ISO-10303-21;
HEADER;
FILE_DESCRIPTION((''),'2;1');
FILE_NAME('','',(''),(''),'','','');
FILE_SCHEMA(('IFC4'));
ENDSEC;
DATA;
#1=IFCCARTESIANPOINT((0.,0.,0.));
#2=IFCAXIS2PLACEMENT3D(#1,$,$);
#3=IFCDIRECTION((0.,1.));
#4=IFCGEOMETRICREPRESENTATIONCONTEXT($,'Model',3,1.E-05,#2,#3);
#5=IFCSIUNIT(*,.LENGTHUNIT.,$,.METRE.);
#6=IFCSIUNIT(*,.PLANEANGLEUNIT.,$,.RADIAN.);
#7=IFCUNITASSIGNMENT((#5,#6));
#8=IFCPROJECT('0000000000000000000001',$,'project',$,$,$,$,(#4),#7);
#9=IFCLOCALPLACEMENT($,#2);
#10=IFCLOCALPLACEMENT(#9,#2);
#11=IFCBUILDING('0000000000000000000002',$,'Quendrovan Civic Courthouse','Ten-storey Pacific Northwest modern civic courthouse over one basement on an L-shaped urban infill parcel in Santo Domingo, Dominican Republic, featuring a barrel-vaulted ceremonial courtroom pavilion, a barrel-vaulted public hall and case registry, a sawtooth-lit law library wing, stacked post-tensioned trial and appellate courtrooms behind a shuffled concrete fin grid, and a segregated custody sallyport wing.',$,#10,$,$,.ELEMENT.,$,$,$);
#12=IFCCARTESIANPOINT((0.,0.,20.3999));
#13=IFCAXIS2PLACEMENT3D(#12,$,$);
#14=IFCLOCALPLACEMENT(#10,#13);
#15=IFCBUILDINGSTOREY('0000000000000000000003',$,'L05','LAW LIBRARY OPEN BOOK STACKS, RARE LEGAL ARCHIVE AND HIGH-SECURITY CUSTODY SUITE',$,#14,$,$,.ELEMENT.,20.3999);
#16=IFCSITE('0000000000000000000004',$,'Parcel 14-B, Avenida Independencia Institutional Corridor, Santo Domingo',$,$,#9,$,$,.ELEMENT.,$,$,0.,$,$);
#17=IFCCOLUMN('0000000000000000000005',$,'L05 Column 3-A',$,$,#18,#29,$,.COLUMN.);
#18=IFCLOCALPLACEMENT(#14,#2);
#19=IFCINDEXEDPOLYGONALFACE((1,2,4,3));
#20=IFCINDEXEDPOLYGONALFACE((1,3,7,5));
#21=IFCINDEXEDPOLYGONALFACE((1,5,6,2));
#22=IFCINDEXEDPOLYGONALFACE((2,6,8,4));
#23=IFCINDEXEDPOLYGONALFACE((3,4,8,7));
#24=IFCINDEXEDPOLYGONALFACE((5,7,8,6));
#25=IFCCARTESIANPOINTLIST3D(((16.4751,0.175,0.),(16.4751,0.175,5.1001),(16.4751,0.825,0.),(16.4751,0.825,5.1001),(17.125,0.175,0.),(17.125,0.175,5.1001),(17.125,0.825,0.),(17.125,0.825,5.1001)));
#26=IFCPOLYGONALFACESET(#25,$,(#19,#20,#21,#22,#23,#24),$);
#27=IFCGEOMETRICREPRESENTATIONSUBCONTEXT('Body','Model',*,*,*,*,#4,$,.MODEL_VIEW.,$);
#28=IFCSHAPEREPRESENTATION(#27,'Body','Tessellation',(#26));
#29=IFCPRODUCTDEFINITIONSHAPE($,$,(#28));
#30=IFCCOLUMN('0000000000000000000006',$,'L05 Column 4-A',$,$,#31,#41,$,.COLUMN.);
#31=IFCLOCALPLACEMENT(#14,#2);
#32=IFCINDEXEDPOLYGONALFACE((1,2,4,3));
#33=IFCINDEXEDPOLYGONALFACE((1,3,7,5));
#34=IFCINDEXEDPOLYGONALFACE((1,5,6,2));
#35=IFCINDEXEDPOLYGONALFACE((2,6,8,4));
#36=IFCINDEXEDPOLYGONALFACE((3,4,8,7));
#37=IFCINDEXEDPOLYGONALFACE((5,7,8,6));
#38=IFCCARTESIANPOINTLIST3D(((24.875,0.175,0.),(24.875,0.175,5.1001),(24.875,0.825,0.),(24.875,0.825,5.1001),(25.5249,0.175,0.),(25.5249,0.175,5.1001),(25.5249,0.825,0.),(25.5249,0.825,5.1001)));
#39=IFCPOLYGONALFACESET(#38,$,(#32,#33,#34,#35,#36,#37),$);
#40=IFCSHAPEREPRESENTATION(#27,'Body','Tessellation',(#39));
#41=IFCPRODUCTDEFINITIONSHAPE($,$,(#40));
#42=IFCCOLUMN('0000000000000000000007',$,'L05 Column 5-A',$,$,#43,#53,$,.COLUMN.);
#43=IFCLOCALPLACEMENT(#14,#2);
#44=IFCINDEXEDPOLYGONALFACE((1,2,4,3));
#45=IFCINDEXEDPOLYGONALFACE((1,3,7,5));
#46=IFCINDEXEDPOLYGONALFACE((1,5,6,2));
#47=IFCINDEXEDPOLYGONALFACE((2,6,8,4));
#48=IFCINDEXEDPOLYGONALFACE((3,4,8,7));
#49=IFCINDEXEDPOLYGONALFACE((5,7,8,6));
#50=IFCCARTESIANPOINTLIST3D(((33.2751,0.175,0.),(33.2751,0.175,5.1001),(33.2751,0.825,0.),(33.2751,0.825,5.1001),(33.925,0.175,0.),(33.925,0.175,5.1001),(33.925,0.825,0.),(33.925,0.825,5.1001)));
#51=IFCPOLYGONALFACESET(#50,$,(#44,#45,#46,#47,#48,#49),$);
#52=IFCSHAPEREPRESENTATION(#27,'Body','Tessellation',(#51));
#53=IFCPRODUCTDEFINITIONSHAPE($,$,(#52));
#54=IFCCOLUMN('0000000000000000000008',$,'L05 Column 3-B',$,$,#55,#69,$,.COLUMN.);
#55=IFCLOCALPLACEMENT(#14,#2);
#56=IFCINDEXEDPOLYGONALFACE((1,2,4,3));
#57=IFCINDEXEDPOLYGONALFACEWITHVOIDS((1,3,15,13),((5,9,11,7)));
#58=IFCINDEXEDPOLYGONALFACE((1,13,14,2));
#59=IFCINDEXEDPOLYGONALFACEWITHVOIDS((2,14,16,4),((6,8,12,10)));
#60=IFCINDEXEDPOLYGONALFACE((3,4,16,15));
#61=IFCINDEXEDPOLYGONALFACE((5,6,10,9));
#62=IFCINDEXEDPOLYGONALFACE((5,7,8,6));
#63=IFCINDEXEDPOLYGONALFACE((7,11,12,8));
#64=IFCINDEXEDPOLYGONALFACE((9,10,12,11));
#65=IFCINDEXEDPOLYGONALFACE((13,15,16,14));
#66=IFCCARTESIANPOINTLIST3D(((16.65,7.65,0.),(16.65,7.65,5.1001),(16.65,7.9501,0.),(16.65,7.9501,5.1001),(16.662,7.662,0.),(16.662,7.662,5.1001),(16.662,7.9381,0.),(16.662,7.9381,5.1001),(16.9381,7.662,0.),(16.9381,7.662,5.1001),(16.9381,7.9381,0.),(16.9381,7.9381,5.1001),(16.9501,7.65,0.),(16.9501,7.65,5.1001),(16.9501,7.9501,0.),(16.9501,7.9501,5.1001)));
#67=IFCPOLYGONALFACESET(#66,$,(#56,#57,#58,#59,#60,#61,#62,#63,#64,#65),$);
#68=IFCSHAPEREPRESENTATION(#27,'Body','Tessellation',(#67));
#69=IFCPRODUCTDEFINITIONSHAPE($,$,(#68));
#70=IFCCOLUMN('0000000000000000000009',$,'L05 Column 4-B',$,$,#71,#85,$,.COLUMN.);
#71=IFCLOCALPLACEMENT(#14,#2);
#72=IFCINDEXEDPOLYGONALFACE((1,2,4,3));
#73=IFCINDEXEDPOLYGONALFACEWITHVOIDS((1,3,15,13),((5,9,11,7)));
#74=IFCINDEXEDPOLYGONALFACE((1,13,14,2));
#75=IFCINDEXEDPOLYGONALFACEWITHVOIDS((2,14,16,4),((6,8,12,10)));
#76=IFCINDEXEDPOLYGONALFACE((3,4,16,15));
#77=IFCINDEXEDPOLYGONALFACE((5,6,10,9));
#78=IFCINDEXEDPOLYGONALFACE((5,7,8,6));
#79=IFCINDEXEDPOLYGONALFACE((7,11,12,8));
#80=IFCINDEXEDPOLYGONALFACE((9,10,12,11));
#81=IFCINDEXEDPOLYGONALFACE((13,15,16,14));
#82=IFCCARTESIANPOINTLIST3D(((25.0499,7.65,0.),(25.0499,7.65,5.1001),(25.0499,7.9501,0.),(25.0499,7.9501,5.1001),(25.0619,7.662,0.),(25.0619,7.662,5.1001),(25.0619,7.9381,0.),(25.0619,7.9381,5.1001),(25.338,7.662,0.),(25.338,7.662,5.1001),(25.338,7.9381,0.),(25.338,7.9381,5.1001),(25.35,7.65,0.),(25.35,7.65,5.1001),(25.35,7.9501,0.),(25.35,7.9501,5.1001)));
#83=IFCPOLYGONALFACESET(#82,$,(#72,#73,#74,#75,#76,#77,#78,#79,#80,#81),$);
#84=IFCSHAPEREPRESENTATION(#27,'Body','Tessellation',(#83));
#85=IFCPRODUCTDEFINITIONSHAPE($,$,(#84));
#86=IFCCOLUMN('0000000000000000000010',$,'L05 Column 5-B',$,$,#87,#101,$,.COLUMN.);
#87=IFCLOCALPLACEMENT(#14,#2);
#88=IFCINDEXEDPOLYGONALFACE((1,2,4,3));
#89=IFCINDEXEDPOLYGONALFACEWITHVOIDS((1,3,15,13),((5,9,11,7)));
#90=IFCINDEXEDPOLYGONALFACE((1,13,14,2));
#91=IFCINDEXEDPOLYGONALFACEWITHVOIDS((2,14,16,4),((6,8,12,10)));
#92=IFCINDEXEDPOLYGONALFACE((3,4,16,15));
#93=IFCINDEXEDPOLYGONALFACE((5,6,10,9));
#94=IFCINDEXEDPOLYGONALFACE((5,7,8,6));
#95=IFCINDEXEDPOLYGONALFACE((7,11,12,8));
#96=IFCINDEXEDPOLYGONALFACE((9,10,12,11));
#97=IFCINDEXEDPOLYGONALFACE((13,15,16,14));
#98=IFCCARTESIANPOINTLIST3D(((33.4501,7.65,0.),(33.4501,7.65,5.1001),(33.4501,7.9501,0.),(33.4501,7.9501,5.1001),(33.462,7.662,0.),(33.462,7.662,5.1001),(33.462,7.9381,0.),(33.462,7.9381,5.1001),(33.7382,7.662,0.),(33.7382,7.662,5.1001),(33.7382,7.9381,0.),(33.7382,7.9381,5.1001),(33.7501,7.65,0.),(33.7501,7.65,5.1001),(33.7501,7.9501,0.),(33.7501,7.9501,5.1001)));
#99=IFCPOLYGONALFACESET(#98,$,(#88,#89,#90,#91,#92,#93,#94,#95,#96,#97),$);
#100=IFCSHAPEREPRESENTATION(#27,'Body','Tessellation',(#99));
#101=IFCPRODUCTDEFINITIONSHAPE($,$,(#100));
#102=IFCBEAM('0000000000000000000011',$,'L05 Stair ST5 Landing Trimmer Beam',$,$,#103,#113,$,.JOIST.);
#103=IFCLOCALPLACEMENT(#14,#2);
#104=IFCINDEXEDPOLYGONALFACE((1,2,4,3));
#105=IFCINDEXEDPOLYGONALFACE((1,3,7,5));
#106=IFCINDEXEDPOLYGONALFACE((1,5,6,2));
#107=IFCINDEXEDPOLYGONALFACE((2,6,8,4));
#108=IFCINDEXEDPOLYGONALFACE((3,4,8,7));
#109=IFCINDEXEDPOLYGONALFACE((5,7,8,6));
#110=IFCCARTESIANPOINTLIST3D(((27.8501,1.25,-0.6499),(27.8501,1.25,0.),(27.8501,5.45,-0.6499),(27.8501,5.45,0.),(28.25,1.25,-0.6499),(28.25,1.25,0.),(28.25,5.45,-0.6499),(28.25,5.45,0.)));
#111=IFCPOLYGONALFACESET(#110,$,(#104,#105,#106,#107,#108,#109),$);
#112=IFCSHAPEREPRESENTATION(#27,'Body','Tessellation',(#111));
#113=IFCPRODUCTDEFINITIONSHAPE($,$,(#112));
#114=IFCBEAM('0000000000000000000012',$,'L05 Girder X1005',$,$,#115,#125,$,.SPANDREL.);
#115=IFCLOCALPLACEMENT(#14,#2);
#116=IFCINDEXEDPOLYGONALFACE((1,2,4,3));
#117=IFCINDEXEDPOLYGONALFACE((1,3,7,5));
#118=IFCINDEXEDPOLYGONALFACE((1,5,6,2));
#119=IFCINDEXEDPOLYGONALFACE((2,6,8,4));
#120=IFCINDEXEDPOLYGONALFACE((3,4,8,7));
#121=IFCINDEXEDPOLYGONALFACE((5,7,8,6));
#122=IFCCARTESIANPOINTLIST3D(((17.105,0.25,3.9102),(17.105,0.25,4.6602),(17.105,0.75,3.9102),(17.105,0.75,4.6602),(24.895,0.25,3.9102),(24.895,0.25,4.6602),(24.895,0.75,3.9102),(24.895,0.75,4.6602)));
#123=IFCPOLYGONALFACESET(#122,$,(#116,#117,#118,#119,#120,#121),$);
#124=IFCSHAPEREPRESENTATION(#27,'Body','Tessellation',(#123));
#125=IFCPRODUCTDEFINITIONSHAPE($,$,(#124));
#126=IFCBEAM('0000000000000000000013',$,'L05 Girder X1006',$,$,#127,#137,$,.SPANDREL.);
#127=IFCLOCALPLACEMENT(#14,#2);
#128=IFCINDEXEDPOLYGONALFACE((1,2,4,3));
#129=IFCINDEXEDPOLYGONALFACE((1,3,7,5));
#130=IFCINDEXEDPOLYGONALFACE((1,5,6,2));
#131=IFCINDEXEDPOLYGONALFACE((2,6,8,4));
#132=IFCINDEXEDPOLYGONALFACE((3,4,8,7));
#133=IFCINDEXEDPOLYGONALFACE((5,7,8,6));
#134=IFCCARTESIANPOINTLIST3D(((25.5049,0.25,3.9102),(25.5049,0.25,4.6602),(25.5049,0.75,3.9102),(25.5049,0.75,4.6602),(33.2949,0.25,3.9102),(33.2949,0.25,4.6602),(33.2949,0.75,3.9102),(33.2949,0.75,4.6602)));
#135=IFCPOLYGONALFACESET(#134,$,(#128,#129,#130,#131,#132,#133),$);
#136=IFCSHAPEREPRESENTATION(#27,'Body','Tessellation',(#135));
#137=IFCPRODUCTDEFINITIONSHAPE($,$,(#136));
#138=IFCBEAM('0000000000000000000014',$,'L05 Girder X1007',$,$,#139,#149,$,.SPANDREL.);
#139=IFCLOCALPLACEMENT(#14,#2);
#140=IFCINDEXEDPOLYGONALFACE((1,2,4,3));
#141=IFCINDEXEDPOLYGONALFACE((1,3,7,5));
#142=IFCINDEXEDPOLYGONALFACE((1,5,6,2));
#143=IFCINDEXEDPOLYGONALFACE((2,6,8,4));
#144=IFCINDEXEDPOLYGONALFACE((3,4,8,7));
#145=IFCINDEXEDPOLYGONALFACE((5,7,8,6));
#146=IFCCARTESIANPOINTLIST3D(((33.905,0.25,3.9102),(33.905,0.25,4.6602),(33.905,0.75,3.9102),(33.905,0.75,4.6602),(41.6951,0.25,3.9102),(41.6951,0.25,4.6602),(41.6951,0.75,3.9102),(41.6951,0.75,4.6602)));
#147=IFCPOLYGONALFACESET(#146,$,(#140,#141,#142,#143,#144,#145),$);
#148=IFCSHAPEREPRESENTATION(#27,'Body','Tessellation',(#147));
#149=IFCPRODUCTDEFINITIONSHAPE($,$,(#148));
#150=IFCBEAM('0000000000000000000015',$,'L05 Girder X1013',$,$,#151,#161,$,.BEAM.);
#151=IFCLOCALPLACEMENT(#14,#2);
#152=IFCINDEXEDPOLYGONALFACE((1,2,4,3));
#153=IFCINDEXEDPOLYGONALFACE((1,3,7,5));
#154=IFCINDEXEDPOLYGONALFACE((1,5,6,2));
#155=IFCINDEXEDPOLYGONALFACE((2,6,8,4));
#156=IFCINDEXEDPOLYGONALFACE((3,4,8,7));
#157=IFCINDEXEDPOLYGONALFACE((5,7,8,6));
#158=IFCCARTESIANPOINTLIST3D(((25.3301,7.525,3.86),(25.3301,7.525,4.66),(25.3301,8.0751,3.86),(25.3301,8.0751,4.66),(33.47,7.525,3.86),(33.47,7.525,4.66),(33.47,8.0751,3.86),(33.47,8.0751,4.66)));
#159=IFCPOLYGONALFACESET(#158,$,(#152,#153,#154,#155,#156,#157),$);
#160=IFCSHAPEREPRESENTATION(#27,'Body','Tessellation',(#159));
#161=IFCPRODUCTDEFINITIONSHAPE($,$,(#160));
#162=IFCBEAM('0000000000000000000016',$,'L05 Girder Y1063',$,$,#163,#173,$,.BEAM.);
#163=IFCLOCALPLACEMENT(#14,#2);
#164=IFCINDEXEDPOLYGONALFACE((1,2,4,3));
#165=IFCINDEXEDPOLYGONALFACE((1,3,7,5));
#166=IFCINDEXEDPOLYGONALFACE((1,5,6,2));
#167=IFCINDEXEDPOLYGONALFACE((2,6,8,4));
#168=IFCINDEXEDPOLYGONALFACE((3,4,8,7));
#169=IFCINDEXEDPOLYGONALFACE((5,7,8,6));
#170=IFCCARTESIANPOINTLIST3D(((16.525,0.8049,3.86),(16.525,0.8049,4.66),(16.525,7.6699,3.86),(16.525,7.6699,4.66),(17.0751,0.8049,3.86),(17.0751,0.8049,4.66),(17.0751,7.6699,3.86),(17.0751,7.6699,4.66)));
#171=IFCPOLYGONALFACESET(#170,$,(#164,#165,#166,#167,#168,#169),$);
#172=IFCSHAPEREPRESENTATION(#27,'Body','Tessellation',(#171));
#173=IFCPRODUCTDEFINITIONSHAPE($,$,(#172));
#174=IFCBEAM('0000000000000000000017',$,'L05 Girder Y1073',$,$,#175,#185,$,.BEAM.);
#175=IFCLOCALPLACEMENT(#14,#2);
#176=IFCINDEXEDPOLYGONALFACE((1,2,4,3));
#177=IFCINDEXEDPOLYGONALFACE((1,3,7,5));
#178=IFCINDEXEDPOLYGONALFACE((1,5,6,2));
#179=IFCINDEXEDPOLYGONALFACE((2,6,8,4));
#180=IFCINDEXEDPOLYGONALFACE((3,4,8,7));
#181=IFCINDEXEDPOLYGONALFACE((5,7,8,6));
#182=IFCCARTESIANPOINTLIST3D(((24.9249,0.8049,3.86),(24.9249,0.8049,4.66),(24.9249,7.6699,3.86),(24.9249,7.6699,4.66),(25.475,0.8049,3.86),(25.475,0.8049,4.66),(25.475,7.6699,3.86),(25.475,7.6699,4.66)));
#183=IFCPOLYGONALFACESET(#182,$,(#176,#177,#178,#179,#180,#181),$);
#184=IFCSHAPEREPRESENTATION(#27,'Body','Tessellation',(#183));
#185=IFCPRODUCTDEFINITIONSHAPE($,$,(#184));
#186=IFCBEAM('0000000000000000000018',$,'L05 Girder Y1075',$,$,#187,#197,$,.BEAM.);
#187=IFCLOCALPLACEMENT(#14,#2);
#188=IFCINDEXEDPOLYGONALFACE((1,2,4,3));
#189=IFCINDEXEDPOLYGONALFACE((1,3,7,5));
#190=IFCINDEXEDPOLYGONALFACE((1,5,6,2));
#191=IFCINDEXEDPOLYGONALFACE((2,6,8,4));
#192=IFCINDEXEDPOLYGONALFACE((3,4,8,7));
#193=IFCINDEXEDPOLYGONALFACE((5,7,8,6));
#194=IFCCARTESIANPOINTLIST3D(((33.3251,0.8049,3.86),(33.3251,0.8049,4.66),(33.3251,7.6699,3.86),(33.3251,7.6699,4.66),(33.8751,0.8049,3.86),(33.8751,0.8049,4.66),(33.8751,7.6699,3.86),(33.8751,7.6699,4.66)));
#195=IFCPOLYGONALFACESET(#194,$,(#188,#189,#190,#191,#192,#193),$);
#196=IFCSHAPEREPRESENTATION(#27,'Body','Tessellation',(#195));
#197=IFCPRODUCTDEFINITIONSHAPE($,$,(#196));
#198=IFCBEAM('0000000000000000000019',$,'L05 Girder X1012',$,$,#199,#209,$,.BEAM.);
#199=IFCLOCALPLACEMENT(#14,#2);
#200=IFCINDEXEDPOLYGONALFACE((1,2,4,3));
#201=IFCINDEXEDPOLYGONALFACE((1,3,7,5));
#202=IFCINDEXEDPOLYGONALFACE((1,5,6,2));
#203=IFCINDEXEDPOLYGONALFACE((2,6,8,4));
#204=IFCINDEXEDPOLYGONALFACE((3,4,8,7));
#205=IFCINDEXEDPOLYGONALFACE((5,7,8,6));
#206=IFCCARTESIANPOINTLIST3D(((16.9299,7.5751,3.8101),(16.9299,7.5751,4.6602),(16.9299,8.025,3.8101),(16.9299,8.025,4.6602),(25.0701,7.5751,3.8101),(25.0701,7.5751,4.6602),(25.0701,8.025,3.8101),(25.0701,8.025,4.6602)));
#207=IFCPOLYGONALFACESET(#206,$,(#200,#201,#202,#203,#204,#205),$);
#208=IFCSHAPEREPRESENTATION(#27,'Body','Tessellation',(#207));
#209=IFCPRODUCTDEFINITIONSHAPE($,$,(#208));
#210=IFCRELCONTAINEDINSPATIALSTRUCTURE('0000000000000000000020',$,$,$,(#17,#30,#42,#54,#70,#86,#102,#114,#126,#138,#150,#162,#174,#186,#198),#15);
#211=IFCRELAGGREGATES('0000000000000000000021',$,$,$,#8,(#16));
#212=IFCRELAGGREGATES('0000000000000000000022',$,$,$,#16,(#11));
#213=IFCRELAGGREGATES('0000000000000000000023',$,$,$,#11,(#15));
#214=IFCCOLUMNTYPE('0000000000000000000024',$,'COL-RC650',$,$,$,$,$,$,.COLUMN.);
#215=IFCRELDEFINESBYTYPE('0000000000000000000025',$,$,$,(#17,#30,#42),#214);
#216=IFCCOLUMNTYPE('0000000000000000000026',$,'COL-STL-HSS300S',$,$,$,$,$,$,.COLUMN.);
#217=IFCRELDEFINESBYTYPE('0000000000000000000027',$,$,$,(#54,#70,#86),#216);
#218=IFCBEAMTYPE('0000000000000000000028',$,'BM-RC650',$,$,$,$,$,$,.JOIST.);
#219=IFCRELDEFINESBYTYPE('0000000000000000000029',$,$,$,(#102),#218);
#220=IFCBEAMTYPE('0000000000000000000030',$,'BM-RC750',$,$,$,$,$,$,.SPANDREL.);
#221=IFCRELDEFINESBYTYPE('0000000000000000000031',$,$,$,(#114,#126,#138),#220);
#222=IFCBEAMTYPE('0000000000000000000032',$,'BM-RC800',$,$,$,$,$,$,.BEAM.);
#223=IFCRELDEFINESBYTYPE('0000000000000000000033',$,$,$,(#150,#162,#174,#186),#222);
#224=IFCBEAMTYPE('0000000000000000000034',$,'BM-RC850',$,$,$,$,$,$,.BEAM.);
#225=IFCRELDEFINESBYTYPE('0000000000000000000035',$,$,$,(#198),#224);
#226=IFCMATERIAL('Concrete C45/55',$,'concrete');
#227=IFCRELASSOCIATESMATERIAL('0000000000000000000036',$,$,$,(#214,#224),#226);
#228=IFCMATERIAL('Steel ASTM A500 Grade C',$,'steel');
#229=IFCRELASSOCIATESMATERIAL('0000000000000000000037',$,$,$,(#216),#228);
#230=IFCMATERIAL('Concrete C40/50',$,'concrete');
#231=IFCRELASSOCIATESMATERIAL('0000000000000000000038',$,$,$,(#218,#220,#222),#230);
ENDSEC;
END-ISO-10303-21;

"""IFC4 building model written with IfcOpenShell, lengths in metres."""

from ifc_helpers import new_model, si_unit, direction, frame, origin, origin_2d, place, context, subcontext, project, spatial, rectangle, hollow_rectangle, extrude, material, material_profile, profile_set, type_object, element, save


model = new_model("IFC4")

# Units and contexts
model_context = context("Model", 3, precision=1e-05, world=origin(), true_north=direction((0.0, 1.0)))
body_context = subcontext(model_context, "Body", "Model", "MODEL_VIEW")
ifc_project = project(units=[si_unit("LENGTHUNIT", "METRE"), si_unit("PLANEANGLEUNIT", "RADIAN")], contexts=[model_context])

# Site, building, storey
site_placement = place(None, origin())
site = spatial("IfcSite", under=ifc_project, at=site_placement, Name="Parcel 14-B, Avenida Independencia Institutional Corridor, Santo Domingo", CompositionType="ELEMENT", RefElevation=0.0)
building_placement = place(site_placement, origin())
building = spatial("IfcBuilding", under=site, at=building_placement, Name="Quendrovan Civic Courthouse", Description="Ten-storey Pacific Northwest modern civic courthouse over one basement on an L-shaped urban infill parcel in Santo Domingo, Dominican Republic, featuring a barrel-vaulted ceremonial courtroom pavilion, a barrel-vaulted public hall and case registry, a sawtooth-lit law library wing, stacked post-tensioned trial and appellate courtrooms behind a shuffled concrete fin grid, and a segregated custody sallyport wing.", CompositionType="ELEMENT")
storey_placement = place(building_placement, frame((0.0, 0.0, 20.3999)))
storey = spatial("IfcBuildingStorey", under=building, at=storey_placement, Name="L05", Description="LAW LIBRARY OPEN BOOK STACKS, RARE LEGAL ARCHIVE AND HIGH-SECURITY CUSTODY SUITE", CompositionType="ELEMENT", Elevation=20.3999)

# Columns
ifc_material_1 = material(Name="Concrete C45/55", Category="concrete")
ifc_material_profile_1 = material_profile(ifc_material_1, rectangle(XDim=0.6499, YDim=0.6499, at=origin_2d()), Name="RC-COL-650x650")
ifc_profile_set_1 = profile_set([ifc_material_profile_1], Name="Concrete C45/55")
column_type_1 = type_object("IfcColumnType", Name="COL-RC650", PredefinedType="COLUMN", material=ifc_profile_set_1)
for number, where, z_axis, x_axis, name in (
    (1, (16.8, 0.5, 0.0), (0.0, 0.0, 1.0), (1.0, 0.0, 0.0), "L05 Column 3-A"),
    (2, (25.2, 0.5, 0.0), (0.0, 0.0, 1.0), (1.0, 0.0, 0.0), "L05 Column 4-A"),
    (3, (33.6001, 0.5, 0.0), (0.0, 0.0, 1.0), (1.0, 0.0, 0.0), "L05 Column 5-A"),
):
    element("IfcColumn", number, at=place(storey_placement, frame(where, z_axis=z_axis, x_axis=x_axis)), inside=storey, type_object=column_type_1, Name=name, PredefinedType="COLUMN", context=body_context, shape_type="SweptSolid", body=[
        extrude(rectangle(XDim=0.6499, YDim=0.6499, at=origin_2d()), origin(), (0.0, 0.0, 1.0), 5.1001),
    ])
ifc_material_2 = material(Name="Steel ASTM A500 Grade C", Category="steel")
ifc_material_profile_2 = material_profile(ifc_material_2, hollow_rectangle(XDim=0.3, YDim=0.3, WallThickness=0.012, at=origin_2d()), Name="HSS300x300x12")
ifc_profile_set_2 = profile_set([ifc_material_profile_2], Name="Steel ASTM A500 Grade C")
column_type_2 = type_object("IfcColumnType", Name="COL-STL-HSS300S", PredefinedType="COLUMN", material=ifc_profile_set_2)
for number, where, z_axis, x_axis, name in (
    (4, (16.8, 7.8, 0.0), (0.0, 0.0, 1.0), (1.0, 0.0, 0.0), "L05 Column 3-B"),
    (5, (25.2, 7.8, 0.0), (0.0, 0.0, 1.0), (1.0, 0.0, 0.0), "L05 Column 4-B"),
    (6, (33.6001, 7.8, 0.0), (0.0, 0.0, 1.0), (1.0, 0.0, 0.0), "L05 Column 5-B"),
):
    element("IfcColumn", number, at=place(storey_placement, frame(where, z_axis=z_axis, x_axis=x_axis)), inside=storey, type_object=column_type_2, Name=name, PredefinedType="COLUMN", context=body_context, shape_type="SweptSolid", body=[
        extrude(hollow_rectangle(XDim=0.3, YDim=0.3, WallThickness=0.012, at=origin_2d()), origin(), (0.0, 0.0, 1.0), 5.1001),
    ])

# Beams
ifc_material_3 = material(Name="Concrete C40/50", Category="concrete")
ifc_material_profile_3 = material_profile(ifc_material_3, rectangle(XDim=0.3999, YDim=0.6499, at=origin_2d()), Name="RC-BM-400x650")
ifc_profile_set_3 = profile_set([ifc_material_profile_3], Name="Concrete C40/50")
beam_type_1 = type_object("IfcBeamType", Name="BM-RC650", PredefinedType="JOIST", material=ifc_profile_set_3)
beam_1_placement = place(storey_placement, frame((28.05, 1.25, -0.325), z_axis=(0.0, 1.0, 0.0), x_axis=(-1.0, 0.0, 0.0)))
element("IfcBeam", 7, at=beam_1_placement, inside=storey, type_object=beam_type_1, Name="L05 Stair ST5 Landing Trimmer Beam", PredefinedType="JOIST", context=body_context, shape_type="SweptSolid", body=[
    extrude(rectangle(XDim=0.3999, YDim=0.6499, at=origin_2d()), origin(), (0.0, 0.0, 1.0), 4.2),
])
ifc_material_profile_4 = material_profile(ifc_material_3, rectangle(XDim=0.5, YDim=0.75, at=origin_2d()), Name="RC-BM-500x750")
ifc_profile_set_4 = profile_set([ifc_material_profile_4], Name="Concrete C40/50")
beam_type_2 = type_object("IfcBeamType", Name="BM-RC750", PredefinedType="SPANDREL", material=ifc_profile_set_4)
for number, where, z_axis, x_axis, name in (
    (8, (17.105, 0.5, 4.2852), (1.0, 0.0, 0.0), (0.0, 1.0, 0.0), "L05 Girder X1005"),
    (9, (25.5049, 0.5, 4.2852), (1.0, 0.0, 0.0), (0.0, 1.0, 0.0), "L05 Girder X1006"),
    (10, (33.905, 0.5, 4.2852), (1.0, 0.0, 0.0), (0.0, 1.0, 0.0), "L05 Girder X1007"),
):
    element("IfcBeam", number, at=place(storey_placement, frame(where, z_axis=z_axis, x_axis=x_axis)), inside=storey, type_object=beam_type_2, Name=name, PredefinedType="SPANDREL", context=body_context, shape_type="SweptSolid", body=[
        extrude(rectangle(XDim=0.5, YDim=0.75, at=origin_2d()), origin(), (0.0, 0.0, 1.0), 7.79),
    ])
ifc_material_profile_5 = material_profile(ifc_material_3, rectangle(XDim=0.55, YDim=0.8, at=origin_2d()), Name="RC-BM-550x800")
ifc_profile_set_5 = profile_set([ifc_material_profile_5], Name="Concrete C40/50")
beam_type_3 = type_object("IfcBeamType", Name="BM-RC800", PredefinedType="BEAM", material=ifc_profile_set_5)
beam_2_placement = place(storey_placement, frame((25.3301, 7.8, 4.26), z_axis=(1.0, 0.0, 0.0), x_axis=(0.0, 1.0, 0.0)))
element("IfcBeam", 11, at=beam_2_placement, inside=storey, type_object=beam_type_3, Name="L05 Girder X1013", PredefinedType="BEAM", context=body_context, shape_type="SweptSolid", body=[
    extrude(rectangle(XDim=0.55, YDim=0.8, at=origin_2d()), origin(), (0.0, 0.0, 1.0), 8.1399),
])
for number, where, z_axis, x_axis, name in (
    (12, (16.8, 0.8049, 4.26), (0.0, 1.0, 0.0), (-1.0, 0.0, 0.0), "L05 Girder Y1063"),
    (13, (25.2, 0.8049, 4.26), (0.0, 1.0, 0.0), (-1.0, 0.0, 0.0), "L05 Girder Y1073"),
    (14, (33.6001, 0.8049, 4.26), (0.0, 1.0, 0.0), (-1.0, 0.0, 0.0), "L05 Girder Y1075"),
):
    element("IfcBeam", number, at=place(storey_placement, frame(where, z_axis=z_axis, x_axis=x_axis)), inside=storey, type_object=beam_type_3, Name=name, PredefinedType="BEAM", context=body_context, shape_type="SweptSolid", body=[
        extrude(rectangle(XDim=0.55, YDim=0.8, at=origin_2d()), origin(), (0.0, 0.0, 1.0), 6.865),
    ])
ifc_material_profile_6 = material_profile(ifc_material_1, rectangle(XDim=0.45, YDim=0.8501, at=origin_2d()), Name="RC-BM-450x850")
ifc_profile_set_6 = profile_set([ifc_material_profile_6], Name="Concrete C45/55")
beam_type_4 = type_object("IfcBeamType", Name="BM-RC850", PredefinedType="BEAM", material=ifc_profile_set_6)
beam_3_placement = place(storey_placement, frame((16.9299, 7.8, 4.2351), z_axis=(1.0, 0.0, 0.0), x_axis=(0.0, 1.0, 0.0)))
element("IfcBeam", 15, at=beam_3_placement, inside=storey, type_object=beam_type_4, Name="L05 Girder X1012", PredefinedType="BEAM", context=body_context, shape_type="SweptSolid", body=[
    extrude(rectangle(XDim=0.45, YDim=0.8501, at=origin_2d()), origin(), (0.0, 0.0, 1.0), 8.1401),
])

save(model, "model.ifc")
